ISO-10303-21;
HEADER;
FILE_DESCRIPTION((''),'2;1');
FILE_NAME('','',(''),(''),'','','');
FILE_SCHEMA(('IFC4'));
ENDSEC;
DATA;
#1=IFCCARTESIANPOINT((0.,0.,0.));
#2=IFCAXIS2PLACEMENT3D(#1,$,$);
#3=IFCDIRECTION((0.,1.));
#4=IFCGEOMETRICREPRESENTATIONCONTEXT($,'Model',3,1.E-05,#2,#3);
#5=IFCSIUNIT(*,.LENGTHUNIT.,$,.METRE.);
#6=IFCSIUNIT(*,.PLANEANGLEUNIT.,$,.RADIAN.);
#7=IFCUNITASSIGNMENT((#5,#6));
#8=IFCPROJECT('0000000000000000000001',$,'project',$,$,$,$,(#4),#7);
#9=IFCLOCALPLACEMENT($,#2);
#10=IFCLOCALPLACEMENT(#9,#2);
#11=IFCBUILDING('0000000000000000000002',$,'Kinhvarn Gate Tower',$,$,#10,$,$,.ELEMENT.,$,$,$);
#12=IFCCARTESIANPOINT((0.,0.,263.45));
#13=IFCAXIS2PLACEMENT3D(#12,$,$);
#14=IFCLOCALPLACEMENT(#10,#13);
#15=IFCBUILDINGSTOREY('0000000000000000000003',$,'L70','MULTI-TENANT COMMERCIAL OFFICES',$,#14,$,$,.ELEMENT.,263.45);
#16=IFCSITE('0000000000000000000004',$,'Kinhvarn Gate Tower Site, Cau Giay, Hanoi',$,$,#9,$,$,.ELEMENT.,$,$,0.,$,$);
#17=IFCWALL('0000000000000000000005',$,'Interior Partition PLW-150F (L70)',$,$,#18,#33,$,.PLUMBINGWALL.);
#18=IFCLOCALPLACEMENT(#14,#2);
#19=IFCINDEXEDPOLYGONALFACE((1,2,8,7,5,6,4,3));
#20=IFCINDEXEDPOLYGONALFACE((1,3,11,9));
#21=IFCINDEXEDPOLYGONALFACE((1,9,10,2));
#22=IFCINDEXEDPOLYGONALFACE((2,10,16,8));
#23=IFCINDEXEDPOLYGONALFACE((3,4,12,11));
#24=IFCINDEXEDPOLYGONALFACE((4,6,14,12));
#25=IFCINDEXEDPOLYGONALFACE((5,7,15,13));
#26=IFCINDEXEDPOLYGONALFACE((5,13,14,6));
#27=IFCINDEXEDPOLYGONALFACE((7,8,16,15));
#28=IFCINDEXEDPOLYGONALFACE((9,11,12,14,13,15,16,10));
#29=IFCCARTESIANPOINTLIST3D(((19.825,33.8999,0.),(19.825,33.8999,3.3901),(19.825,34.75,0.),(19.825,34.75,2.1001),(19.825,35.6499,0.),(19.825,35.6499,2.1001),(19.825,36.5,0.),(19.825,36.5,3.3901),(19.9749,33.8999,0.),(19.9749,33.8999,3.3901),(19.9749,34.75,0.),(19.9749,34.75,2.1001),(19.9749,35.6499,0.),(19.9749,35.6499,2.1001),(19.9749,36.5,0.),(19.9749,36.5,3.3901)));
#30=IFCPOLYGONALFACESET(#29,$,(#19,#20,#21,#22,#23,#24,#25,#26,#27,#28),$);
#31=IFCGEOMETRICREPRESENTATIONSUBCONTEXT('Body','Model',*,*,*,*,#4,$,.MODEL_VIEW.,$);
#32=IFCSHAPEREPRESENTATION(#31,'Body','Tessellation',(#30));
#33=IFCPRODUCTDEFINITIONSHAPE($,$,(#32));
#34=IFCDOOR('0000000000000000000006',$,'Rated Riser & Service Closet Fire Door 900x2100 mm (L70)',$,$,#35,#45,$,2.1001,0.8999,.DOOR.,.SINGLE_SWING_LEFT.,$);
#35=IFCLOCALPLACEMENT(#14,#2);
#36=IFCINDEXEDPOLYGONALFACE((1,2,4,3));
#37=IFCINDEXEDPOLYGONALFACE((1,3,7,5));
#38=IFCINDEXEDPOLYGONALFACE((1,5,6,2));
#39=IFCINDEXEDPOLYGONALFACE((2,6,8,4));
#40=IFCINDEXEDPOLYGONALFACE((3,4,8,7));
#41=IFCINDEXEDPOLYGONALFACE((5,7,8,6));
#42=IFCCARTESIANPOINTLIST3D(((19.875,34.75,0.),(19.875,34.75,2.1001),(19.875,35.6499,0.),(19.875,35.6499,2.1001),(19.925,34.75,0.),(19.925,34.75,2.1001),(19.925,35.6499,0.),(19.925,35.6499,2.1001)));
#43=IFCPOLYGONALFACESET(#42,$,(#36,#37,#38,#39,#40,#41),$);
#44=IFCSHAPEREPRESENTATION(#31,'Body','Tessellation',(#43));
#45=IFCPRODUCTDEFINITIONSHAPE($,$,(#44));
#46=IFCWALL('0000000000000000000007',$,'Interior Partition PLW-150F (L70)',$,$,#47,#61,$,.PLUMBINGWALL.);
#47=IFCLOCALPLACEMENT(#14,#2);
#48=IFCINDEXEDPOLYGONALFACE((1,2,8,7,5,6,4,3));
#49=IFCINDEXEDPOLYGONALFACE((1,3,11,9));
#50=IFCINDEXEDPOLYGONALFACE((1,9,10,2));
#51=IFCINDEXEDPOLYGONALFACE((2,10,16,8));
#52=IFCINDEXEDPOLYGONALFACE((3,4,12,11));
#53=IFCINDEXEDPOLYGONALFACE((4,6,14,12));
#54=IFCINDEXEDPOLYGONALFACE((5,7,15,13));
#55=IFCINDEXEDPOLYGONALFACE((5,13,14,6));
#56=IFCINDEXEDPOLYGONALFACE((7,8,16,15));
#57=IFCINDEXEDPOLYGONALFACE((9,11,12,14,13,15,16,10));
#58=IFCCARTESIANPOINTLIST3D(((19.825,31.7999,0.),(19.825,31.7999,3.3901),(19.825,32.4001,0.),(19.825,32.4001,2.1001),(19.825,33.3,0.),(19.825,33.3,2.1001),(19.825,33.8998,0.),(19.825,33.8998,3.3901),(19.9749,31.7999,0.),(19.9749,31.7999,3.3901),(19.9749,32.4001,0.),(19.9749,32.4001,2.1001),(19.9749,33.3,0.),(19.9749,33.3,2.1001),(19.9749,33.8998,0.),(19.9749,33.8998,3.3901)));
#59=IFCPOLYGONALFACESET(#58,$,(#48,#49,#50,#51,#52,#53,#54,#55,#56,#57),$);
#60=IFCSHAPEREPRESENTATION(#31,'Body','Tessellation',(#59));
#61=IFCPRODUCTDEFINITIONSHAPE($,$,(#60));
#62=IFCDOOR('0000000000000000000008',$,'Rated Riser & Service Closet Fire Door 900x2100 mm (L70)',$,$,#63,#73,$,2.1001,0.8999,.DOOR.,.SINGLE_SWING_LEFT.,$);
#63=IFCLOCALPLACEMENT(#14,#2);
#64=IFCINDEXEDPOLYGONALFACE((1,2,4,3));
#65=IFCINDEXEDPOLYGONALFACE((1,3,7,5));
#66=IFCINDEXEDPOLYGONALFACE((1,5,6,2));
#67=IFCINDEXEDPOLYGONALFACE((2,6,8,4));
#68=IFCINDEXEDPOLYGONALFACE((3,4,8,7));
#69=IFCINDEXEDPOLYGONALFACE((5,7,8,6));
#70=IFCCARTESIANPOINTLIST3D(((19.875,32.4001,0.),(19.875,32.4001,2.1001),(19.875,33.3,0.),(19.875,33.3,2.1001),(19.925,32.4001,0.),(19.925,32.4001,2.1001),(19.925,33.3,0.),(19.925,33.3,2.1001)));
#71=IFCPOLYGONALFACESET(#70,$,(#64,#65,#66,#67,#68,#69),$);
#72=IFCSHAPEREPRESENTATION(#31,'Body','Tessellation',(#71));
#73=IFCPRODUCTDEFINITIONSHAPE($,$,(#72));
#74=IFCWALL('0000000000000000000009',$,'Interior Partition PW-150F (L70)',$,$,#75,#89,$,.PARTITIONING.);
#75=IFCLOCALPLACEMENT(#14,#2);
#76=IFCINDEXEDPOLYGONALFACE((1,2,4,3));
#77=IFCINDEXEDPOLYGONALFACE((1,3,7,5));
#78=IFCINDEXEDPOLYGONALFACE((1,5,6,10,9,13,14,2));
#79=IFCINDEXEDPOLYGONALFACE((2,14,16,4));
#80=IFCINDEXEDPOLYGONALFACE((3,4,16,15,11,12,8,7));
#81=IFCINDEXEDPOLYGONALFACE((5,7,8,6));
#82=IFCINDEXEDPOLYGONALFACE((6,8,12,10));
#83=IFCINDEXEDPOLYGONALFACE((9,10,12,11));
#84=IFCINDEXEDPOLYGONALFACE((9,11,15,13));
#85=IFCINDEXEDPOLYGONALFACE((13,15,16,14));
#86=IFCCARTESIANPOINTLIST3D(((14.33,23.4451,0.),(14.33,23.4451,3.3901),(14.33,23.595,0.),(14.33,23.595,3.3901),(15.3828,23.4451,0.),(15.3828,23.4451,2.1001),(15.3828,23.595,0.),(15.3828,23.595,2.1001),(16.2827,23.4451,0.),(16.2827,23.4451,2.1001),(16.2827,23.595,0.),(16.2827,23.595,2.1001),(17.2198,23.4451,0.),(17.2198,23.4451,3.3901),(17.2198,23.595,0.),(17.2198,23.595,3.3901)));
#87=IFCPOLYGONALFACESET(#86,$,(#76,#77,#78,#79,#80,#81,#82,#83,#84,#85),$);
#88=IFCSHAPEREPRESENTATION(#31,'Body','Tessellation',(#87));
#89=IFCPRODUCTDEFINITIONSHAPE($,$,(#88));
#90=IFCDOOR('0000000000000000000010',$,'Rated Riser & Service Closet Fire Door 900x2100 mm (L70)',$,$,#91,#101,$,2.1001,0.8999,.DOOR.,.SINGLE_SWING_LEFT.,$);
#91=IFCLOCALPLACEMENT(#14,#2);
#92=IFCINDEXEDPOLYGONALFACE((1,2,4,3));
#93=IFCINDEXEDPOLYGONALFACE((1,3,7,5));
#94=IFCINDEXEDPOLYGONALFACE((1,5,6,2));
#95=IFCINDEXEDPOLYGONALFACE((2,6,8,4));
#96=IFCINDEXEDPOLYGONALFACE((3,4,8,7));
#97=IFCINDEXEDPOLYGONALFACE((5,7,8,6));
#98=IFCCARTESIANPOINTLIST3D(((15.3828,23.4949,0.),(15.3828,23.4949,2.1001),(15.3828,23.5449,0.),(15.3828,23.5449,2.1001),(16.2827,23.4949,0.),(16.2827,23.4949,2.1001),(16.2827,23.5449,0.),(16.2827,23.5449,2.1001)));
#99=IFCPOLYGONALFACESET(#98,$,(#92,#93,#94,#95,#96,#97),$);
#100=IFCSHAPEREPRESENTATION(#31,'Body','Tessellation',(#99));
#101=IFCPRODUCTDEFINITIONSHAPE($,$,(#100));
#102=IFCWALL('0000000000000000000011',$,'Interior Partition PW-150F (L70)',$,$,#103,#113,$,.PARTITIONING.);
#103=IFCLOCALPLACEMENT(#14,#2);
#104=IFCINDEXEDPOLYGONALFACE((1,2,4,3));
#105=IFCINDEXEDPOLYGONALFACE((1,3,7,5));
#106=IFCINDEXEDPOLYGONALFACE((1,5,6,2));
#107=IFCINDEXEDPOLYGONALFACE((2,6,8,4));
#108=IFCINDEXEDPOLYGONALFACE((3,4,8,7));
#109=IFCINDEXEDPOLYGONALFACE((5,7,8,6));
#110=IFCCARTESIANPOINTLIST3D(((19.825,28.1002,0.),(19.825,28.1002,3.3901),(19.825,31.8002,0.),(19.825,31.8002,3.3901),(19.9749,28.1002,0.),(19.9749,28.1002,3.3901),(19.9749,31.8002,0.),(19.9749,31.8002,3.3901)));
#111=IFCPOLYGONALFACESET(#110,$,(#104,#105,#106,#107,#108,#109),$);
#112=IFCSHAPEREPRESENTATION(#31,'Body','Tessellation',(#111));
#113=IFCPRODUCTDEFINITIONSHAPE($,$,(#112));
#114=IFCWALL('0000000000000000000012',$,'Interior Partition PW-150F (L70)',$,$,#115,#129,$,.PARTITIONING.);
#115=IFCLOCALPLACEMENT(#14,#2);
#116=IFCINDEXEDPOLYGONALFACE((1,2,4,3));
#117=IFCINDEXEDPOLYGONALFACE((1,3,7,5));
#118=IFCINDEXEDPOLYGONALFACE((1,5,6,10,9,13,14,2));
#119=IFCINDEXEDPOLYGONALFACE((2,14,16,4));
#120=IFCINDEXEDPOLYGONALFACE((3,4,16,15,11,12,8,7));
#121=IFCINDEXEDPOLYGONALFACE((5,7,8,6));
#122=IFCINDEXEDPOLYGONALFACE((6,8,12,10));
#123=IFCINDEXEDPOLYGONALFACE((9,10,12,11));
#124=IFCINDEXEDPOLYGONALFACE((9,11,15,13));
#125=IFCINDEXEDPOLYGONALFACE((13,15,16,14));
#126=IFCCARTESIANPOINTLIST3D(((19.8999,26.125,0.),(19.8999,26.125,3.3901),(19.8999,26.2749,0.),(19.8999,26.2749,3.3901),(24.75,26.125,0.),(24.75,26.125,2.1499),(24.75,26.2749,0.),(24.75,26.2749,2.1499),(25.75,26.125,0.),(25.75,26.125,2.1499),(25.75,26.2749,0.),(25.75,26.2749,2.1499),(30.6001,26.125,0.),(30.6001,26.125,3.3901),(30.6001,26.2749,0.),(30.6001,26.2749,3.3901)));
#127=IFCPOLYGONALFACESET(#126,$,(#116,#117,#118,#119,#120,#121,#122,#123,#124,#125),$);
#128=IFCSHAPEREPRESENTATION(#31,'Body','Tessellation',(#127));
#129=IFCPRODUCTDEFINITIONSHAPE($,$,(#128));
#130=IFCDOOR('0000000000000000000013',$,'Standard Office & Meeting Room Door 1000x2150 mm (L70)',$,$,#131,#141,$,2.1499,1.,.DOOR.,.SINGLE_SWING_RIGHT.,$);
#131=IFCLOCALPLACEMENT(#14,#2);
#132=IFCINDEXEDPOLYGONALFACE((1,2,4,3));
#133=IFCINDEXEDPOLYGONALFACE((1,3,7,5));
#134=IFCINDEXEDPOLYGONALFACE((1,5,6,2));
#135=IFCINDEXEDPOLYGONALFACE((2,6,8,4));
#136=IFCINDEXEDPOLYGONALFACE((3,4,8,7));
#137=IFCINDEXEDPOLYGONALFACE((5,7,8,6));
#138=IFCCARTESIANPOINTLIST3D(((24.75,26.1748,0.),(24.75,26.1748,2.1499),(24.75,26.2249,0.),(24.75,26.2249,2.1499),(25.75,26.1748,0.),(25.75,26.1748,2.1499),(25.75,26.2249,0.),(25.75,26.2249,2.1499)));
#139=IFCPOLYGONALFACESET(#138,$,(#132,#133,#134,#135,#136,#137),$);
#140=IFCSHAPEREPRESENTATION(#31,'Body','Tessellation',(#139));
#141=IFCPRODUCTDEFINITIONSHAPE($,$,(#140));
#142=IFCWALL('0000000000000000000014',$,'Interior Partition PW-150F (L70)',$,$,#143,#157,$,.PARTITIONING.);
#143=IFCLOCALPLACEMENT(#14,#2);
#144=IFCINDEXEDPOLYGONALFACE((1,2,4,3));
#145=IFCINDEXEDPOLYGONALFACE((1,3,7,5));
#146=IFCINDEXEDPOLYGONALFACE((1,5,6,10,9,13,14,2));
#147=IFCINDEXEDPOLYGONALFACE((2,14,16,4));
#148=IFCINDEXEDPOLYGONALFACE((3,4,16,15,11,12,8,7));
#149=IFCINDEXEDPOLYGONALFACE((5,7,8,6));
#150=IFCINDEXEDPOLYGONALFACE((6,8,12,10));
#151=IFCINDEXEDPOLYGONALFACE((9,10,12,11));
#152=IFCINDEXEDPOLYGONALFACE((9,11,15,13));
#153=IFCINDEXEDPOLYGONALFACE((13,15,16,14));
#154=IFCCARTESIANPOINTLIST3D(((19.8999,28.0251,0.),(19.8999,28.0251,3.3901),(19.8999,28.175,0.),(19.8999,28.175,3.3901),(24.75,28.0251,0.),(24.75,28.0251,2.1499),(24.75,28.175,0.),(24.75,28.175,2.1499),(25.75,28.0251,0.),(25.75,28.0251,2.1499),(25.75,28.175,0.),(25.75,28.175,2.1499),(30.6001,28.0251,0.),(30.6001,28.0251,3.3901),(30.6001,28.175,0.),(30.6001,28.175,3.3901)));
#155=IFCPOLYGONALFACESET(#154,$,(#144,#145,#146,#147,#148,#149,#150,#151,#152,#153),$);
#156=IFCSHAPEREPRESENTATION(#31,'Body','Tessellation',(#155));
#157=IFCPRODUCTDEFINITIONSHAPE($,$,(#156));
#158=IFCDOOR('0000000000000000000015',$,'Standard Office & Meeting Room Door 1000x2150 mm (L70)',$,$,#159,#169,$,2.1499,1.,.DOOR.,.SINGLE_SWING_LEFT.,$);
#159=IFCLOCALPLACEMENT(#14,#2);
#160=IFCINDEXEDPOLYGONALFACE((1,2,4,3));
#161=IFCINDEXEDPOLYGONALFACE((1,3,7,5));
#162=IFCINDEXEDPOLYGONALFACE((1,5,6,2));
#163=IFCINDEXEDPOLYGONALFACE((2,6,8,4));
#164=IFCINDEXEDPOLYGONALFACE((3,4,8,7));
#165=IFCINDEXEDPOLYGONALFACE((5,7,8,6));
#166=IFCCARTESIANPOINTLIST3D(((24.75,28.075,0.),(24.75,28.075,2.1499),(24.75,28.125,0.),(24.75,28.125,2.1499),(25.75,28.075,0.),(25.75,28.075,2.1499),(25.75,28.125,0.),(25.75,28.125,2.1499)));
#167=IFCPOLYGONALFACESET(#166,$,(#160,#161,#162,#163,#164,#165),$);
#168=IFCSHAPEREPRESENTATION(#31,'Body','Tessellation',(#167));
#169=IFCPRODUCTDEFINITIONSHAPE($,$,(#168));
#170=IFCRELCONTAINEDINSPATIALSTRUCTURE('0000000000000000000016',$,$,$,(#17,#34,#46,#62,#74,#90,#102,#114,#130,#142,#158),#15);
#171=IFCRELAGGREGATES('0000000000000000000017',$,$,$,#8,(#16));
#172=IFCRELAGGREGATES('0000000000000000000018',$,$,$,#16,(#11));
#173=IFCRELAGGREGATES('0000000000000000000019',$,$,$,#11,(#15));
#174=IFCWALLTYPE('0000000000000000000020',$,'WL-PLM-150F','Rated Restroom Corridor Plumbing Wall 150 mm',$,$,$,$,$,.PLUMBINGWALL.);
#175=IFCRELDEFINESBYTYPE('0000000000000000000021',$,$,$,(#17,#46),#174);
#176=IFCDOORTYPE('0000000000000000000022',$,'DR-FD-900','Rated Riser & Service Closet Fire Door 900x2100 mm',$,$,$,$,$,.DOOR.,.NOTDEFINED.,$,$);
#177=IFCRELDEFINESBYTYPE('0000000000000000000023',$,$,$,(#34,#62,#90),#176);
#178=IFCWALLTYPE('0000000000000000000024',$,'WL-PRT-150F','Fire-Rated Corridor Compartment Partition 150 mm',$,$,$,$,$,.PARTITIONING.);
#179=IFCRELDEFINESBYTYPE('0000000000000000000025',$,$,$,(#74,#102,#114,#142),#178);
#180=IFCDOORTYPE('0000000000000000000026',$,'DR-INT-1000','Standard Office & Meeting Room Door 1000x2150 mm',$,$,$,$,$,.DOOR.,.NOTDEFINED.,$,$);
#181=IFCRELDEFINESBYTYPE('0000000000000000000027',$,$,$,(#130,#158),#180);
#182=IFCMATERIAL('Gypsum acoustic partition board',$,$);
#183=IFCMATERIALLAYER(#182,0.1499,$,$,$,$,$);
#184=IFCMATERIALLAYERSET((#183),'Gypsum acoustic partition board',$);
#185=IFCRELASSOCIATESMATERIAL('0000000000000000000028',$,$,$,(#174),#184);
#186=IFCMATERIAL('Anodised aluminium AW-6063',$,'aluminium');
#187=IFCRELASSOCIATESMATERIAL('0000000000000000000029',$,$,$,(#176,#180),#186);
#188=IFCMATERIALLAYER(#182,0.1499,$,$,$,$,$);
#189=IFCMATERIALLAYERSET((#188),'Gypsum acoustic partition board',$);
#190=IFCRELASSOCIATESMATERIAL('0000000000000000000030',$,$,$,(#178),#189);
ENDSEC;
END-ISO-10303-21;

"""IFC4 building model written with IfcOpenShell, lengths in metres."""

from ifc_helpers import new_model, si_unit, direction, frame, frame_2d, origin, place, context, subcontext, project, spatial, rectangle, extrude, material, layer, layer_set, type_object, element, fill, save


model = new_model("IFC4")

# Units and contexts
model_context = context("Model", 3, precision=1e-05, world=origin(), true_north=direction((0.0, 1.0)))
body_context = subcontext(model_context, "Body", "Model", "MODEL_VIEW")
ifc_project = project(units=[si_unit("LENGTHUNIT", "METRE"), si_unit("PLANEANGLEUNIT", "RADIAN")], contexts=[model_context])

# Site, building, storey
site_placement = place(None, origin())
site = spatial("IfcSite", under=ifc_project, at=site_placement, Name="Kinhvarn Gate Tower Site, Cau Giay, Hanoi", CompositionType="ELEMENT", RefElevation=0.0)
building_placement = place(site_placement, origin())
building = spatial("IfcBuilding", under=site, at=building_placement, Name="Kinhvarn Gate Tower", CompositionType="ELEMENT")
storey_placement = place(building_placement, frame((0.0, 0.0, 263.45)))
storey = spatial("IfcBuildingStorey", under=building, at=storey_placement, Name="L70", Description="MULTI-TENANT COMMERCIAL OFFICES", CompositionType="ELEMENT", Elevation=263.45)

# Shared definitions
ifc_material_1 = material(Name="Anodised aluminium AW-6063", Category="aluminium")

# Shared definitions
ifc_material_2 = material(Name="Gypsum acoustic partition board")

# Walls, openings, doors
ifc_layer_1 = layer(ifc_material_2, 0.1499)
ifc_layer_set_1 = layer_set([ifc_layer_1], Name="Gypsum acoustic partition board")
wall_type_1 = type_object("IfcWallType", Name="WL-PLM-150F", Description="Rated Restroom Corridor Plumbing Wall 150 mm", PredefinedType="PLUMBINGWALL", material=ifc_layer_set_1)
wall_1_placement = place(storey_placement, frame((19.8999, 33.8999, 0.0), z_axis=(0.0, 0.0, 1.0), x_axis=(0.0, 1.0, 0.0)))
wall_1 = element("IfcWall", 1, at=wall_1_placement, inside=storey, type_object=wall_type_1, Name="Interior Partition PLW-150F (L70)", PredefinedType="PLUMBINGWALL", context=body_context, shape_type="SweptSolid", body=[
    extrude(rectangle(XDim=2.6001, YDim=0.1499, at=frame_2d((1.3, 0.0))), origin(), (0.0, 0.0, 1.0), 3.3901),
])
opening_1_placement = place(wall_1_placement, frame((0.8501, 0.0, 0.0)))
opening_1 = element("IfcOpeningElement", 2, at=opening_1_placement, cuts=wall_1, PredefinedType="OPENING", context=body_context, shape_type="SweptSolid", body=[
    extrude(rectangle(XDim=0.8999, YDim=2.1001, at=frame_2d((0.45, 1.05))), frame((0.0, 0.085, 0.0), z_axis=(0.0, -1.0, 0.0), x_axis=(1.0, 0.0, 0.0)), (0.0, 0.0, 1.0), 0.1699),
])
door_type_1 = type_object("IfcDoorType", Name="DR-FD-900", Description="Rated Riser & Service Closet Fire Door 900x2100 mm", OperationType="NOTDEFINED", PredefinedType="DOOR", material=ifc_material_1)
door_1_placement = place(opening_1_placement, origin())
door_1 = element("IfcDoor", 3, at=door_1_placement, inside=storey, type_object=door_type_1, Name="Rated Riser & Service Closet Fire Door 900x2100 mm (L70)", OperationType="SINGLE_SWING_LEFT", OverallHeight=2.1001, OverallWidth=0.8999, PredefinedType="DOOR", context=body_context, shape_type="SweptSolid", body=[
    extrude(rectangle(XDim=0.8999, YDim=2.1001, at=frame_2d((0.45, 1.05))), frame((0.0, 0.0249, 0.0), z_axis=(0.0, -1.0, 0.0), x_axis=(1.0, 0.0, 0.0)), (0.0, 0.0, 1.0), 0.05),
])
fill(opening_1, door_1)
wall_2_placement = place(storey_placement, frame((19.8999, 31.8, 0.0), z_axis=(0.0, 0.0, 1.0), x_axis=(0.0, 1.0, 0.0)))
wall_2 = element("IfcWall", 4, at=wall_2_placement, inside=storey, type_object=wall_type_1, Name="Interior Partition PLW-150F (L70)", PredefinedType="PLUMBINGWALL", context=body_context, shape_type="SweptSolid", body=[
    extrude(rectangle(XDim=2.0999, YDim=0.1499, at=frame_2d((1.0498, 0.0))), origin(), (0.0, 0.0, 1.0), 3.3901),
])
opening_2_placement = place(wall_2_placement, frame((0.6001, 0.0, 0.0)))
opening_2 = element("IfcOpeningElement", 5, at=opening_2_placement, cuts=wall_2, PredefinedType="OPENING", context=body_context, shape_type="SweptSolid", body=[
    extrude(rectangle(XDim=0.8999, YDim=2.1001, at=frame_2d((0.45, 1.05))), frame((0.0, 0.085, 0.0), z_axis=(0.0, -1.0, 0.0), x_axis=(1.0, 0.0, 0.0)), (0.0, 0.0, 1.0), 0.1699),
])
door_2_placement = place(opening_2_placement, origin())
door_2 = element("IfcDoor", 6, at=door_2_placement, inside=storey, type_object=door_type_1, Name="Rated Riser & Service Closet Fire Door 900x2100 mm (L70)", OperationType="SINGLE_SWING_LEFT", OverallHeight=2.1001, OverallWidth=0.8999, PredefinedType="DOOR", context=body_context, shape_type="SweptSolid", body=[
    extrude(rectangle(XDim=0.8999, YDim=2.1001, at=frame_2d((0.45, 1.05))), frame((0.0, 0.0249, 0.0), z_axis=(0.0, -1.0, 0.0), x_axis=(1.0, 0.0, 0.0)), (0.0, 0.0, 1.0), 0.05),
])
fill(opening_2, door_2)
ifc_layer_2 = layer(ifc_material_2, 0.1499)
ifc_layer_set_2 = layer_set([ifc_layer_2], Name="Gypsum acoustic partition board")
wall_type_2 = type_object("IfcWallType", Name="WL-PRT-150F", Description="Fire-Rated Corridor Compartment Partition 150 mm", PredefinedType="PARTITIONING", material=ifc_layer_set_2)
wall_3_placement = place(storey_placement, frame((14.3301, 23.52, 0.0), z_axis=(0.0, 0.0, 1.0), x_axis=(1.0, 0.0, 0.0)))
wall_3 = element("IfcWall", 7, at=wall_3_placement, inside=storey, type_object=wall_type_2, Name="Interior Partition PW-150F (L70)", PredefinedType="PARTITIONING", context=body_context, shape_type="SweptSolid", body=[
    extrude(rectangle(XDim=2.8899, YDim=0.1499, at=frame_2d((1.4448, 0.0))), origin(), (0.0, 0.0, 1.0), 3.3901),
])
opening_3_placement = place(wall_3_placement, frame((1.0527, 0.0, 0.0)))
opening_3 = element("IfcOpeningElement", 8, at=opening_3_placement, cuts=wall_3, PredefinedType="OPENING", context=body_context, shape_type="SweptSolid", body=[
    extrude(rectangle(XDim=0.8999, YDim=2.1001, at=frame_2d((0.45, 1.05))), frame((0.0, 0.085, 0.0), z_axis=(0.0, -1.0, 0.0), x_axis=(1.0, 0.0, 0.0)), (0.0, 0.0, 1.0), 0.1699),
])
door_3_placement = place(opening_3_placement, origin())
door_3 = element("IfcDoor", 9, at=door_3_placement, inside=storey, type_object=door_type_1, Name="Rated Riser & Service Closet Fire Door 900x2100 mm (L70)", OperationType="SINGLE_SWING_LEFT", OverallHeight=2.1001, OverallWidth=0.8999, PredefinedType="DOOR", context=body_context, shape_type="SweptSolid", body=[
    extrude(rectangle(XDim=0.8999, YDim=2.1001, at=frame_2d((0.45, 1.05))), frame((0.0, 0.0249, 0.0), z_axis=(0.0, -1.0, 0.0), x_axis=(1.0, 0.0, 0.0)), (0.0, 0.0, 1.0), 0.05),
])
fill(opening_3, door_3)

# Wall
wall_4_placement = place(storey_placement, frame((19.8999, 28.1001, 0.0), z_axis=(0.0, 0.0, 1.0), x_axis=(0.0, 1.0, 0.0)))
element("IfcWall", 10, at=wall_4_placement, inside=storey, type_object=wall_type_2, Name="Interior Partition PW-150F (L70)", PredefinedType="PARTITIONING", context=body_context, shape_type="SweptSolid", body=[
    extrude(rectangle(XDim=3.7, YDim=0.1499, at=frame_2d((1.8501, 0.0))), origin(), (0.0, 0.0, 1.0), 3.3901),
])

# Walls, openings, doors
wall_5_placement = place(storey_placement, frame((19.8999, 26.2, 0.0), z_axis=(0.0, 0.0, 1.0), x_axis=(1.0, 0.0, 0.0)))
wall_5 = element("IfcWall", 11, at=wall_5_placement, inside=storey, type_object=wall_type_2, Name="Interior Partition PW-150F (L70)", PredefinedType="PARTITIONING", context=body_context, shape_type="SweptSolid", body=[
    extrude(rectangle(XDim=10.7002, YDim=0.1499, at=frame_2d((5.3501, 0.0))), origin(), (0.0, 0.0, 1.0), 3.3901),
])
opening_4_placement = place(wall_5_placement, frame((4.8501, 0.0, 0.0)))
opening_4 = element("IfcOpeningElement", 12, at=opening_4_placement, cuts=wall_5, PredefinedType="OPENING", context=body_context, shape_type="SweptSolid", body=[
    extrude(rectangle(XDim=1.0, YDim=2.1499, at=frame_2d((0.5, 1.075))), frame((0.0, 0.085, 0.0), z_axis=(0.0, -1.0, 0.0), x_axis=(1.0, 0.0, 0.0)), (0.0, 0.0, 1.0), 0.1699),
])
door_type_2 = type_object("IfcDoorType", Name="DR-INT-1000", Description="Standard Office & Meeting Room Door 1000x2150 mm", OperationType="NOTDEFINED", PredefinedType="DOOR", material=ifc_material_1)
door_4_placement = place(opening_4_placement, origin())
door_4 = element("IfcDoor", 13, at=door_4_placement, inside=storey, type_object=door_type_2, Name="Standard Office & Meeting Room Door 1000x2150 mm (L70)", OperationType="SINGLE_SWING_RIGHT", OverallHeight=2.1499, OverallWidth=1.0, PredefinedType="DOOR", context=body_context, shape_type="SweptSolid", body=[
    extrude(rectangle(XDim=1.0, YDim=2.1499, at=frame_2d((0.5, 1.075))), frame((0.0, 0.0249, 0.0), z_axis=(0.0, -1.0, 0.0), x_axis=(1.0, 0.0, 0.0)), (0.0, 0.0, 1.0), 0.05),
])
fill(opening_4, door_4)
wall_6_placement = place(storey_placement, frame((19.8999, 28.1001, 0.0), z_axis=(0.0, 0.0, 1.0), x_axis=(1.0, 0.0, 0.0)))
wall_6 = element("IfcWall", 14, at=wall_6_placement, inside=storey, type_object=wall_type_2, Name="Interior Partition PW-150F (L70)", PredefinedType="PARTITIONING", context=body_context, shape_type="SweptSolid", body=[
    extrude(rectangle(XDim=10.7002, YDim=0.1499, at=frame_2d((5.3501, 0.0))), origin(), (0.0, 0.0, 1.0), 3.3901),
])
opening_5_placement = place(wall_6_placement, frame((4.8501, 0.0, 0.0)))
opening_5 = element("IfcOpeningElement", 15, at=opening_5_placement, cuts=wall_6, PredefinedType="OPENING", context=body_context, shape_type="SweptSolid", body=[
    extrude(rectangle(XDim=1.0, YDim=2.1499, at=frame_2d((0.5, 1.075))), frame((0.0, 0.085, 0.0), z_axis=(0.0, -1.0, 0.0), x_axis=(1.0, 0.0, 0.0)), (0.0, 0.0, 1.0), 0.1699),
])
door_5_placement = place(opening_5_placement, origin())
door_5 = element("IfcDoor", 16, at=door_5_placement, inside=storey, type_object=door_type_2, Name="Standard Office & Meeting Room Door 1000x2150 mm (L70)", OperationType="SINGLE_SWING_LEFT", OverallHeight=2.1499, OverallWidth=1.0, PredefinedType="DOOR", context=body_context, shape_type="SweptSolid", body=[
    extrude(rectangle(XDim=1.0, YDim=2.1499, at=frame_2d((0.5, 1.075))), frame((0.0, 0.0249, 0.0), z_axis=(0.0, -1.0, 0.0), x_axis=(1.0, 0.0, 0.0)), (0.0, 0.0, 1.0), 0.05),
])
fill(opening_5, door_5)

save(model, "model.ifc")
